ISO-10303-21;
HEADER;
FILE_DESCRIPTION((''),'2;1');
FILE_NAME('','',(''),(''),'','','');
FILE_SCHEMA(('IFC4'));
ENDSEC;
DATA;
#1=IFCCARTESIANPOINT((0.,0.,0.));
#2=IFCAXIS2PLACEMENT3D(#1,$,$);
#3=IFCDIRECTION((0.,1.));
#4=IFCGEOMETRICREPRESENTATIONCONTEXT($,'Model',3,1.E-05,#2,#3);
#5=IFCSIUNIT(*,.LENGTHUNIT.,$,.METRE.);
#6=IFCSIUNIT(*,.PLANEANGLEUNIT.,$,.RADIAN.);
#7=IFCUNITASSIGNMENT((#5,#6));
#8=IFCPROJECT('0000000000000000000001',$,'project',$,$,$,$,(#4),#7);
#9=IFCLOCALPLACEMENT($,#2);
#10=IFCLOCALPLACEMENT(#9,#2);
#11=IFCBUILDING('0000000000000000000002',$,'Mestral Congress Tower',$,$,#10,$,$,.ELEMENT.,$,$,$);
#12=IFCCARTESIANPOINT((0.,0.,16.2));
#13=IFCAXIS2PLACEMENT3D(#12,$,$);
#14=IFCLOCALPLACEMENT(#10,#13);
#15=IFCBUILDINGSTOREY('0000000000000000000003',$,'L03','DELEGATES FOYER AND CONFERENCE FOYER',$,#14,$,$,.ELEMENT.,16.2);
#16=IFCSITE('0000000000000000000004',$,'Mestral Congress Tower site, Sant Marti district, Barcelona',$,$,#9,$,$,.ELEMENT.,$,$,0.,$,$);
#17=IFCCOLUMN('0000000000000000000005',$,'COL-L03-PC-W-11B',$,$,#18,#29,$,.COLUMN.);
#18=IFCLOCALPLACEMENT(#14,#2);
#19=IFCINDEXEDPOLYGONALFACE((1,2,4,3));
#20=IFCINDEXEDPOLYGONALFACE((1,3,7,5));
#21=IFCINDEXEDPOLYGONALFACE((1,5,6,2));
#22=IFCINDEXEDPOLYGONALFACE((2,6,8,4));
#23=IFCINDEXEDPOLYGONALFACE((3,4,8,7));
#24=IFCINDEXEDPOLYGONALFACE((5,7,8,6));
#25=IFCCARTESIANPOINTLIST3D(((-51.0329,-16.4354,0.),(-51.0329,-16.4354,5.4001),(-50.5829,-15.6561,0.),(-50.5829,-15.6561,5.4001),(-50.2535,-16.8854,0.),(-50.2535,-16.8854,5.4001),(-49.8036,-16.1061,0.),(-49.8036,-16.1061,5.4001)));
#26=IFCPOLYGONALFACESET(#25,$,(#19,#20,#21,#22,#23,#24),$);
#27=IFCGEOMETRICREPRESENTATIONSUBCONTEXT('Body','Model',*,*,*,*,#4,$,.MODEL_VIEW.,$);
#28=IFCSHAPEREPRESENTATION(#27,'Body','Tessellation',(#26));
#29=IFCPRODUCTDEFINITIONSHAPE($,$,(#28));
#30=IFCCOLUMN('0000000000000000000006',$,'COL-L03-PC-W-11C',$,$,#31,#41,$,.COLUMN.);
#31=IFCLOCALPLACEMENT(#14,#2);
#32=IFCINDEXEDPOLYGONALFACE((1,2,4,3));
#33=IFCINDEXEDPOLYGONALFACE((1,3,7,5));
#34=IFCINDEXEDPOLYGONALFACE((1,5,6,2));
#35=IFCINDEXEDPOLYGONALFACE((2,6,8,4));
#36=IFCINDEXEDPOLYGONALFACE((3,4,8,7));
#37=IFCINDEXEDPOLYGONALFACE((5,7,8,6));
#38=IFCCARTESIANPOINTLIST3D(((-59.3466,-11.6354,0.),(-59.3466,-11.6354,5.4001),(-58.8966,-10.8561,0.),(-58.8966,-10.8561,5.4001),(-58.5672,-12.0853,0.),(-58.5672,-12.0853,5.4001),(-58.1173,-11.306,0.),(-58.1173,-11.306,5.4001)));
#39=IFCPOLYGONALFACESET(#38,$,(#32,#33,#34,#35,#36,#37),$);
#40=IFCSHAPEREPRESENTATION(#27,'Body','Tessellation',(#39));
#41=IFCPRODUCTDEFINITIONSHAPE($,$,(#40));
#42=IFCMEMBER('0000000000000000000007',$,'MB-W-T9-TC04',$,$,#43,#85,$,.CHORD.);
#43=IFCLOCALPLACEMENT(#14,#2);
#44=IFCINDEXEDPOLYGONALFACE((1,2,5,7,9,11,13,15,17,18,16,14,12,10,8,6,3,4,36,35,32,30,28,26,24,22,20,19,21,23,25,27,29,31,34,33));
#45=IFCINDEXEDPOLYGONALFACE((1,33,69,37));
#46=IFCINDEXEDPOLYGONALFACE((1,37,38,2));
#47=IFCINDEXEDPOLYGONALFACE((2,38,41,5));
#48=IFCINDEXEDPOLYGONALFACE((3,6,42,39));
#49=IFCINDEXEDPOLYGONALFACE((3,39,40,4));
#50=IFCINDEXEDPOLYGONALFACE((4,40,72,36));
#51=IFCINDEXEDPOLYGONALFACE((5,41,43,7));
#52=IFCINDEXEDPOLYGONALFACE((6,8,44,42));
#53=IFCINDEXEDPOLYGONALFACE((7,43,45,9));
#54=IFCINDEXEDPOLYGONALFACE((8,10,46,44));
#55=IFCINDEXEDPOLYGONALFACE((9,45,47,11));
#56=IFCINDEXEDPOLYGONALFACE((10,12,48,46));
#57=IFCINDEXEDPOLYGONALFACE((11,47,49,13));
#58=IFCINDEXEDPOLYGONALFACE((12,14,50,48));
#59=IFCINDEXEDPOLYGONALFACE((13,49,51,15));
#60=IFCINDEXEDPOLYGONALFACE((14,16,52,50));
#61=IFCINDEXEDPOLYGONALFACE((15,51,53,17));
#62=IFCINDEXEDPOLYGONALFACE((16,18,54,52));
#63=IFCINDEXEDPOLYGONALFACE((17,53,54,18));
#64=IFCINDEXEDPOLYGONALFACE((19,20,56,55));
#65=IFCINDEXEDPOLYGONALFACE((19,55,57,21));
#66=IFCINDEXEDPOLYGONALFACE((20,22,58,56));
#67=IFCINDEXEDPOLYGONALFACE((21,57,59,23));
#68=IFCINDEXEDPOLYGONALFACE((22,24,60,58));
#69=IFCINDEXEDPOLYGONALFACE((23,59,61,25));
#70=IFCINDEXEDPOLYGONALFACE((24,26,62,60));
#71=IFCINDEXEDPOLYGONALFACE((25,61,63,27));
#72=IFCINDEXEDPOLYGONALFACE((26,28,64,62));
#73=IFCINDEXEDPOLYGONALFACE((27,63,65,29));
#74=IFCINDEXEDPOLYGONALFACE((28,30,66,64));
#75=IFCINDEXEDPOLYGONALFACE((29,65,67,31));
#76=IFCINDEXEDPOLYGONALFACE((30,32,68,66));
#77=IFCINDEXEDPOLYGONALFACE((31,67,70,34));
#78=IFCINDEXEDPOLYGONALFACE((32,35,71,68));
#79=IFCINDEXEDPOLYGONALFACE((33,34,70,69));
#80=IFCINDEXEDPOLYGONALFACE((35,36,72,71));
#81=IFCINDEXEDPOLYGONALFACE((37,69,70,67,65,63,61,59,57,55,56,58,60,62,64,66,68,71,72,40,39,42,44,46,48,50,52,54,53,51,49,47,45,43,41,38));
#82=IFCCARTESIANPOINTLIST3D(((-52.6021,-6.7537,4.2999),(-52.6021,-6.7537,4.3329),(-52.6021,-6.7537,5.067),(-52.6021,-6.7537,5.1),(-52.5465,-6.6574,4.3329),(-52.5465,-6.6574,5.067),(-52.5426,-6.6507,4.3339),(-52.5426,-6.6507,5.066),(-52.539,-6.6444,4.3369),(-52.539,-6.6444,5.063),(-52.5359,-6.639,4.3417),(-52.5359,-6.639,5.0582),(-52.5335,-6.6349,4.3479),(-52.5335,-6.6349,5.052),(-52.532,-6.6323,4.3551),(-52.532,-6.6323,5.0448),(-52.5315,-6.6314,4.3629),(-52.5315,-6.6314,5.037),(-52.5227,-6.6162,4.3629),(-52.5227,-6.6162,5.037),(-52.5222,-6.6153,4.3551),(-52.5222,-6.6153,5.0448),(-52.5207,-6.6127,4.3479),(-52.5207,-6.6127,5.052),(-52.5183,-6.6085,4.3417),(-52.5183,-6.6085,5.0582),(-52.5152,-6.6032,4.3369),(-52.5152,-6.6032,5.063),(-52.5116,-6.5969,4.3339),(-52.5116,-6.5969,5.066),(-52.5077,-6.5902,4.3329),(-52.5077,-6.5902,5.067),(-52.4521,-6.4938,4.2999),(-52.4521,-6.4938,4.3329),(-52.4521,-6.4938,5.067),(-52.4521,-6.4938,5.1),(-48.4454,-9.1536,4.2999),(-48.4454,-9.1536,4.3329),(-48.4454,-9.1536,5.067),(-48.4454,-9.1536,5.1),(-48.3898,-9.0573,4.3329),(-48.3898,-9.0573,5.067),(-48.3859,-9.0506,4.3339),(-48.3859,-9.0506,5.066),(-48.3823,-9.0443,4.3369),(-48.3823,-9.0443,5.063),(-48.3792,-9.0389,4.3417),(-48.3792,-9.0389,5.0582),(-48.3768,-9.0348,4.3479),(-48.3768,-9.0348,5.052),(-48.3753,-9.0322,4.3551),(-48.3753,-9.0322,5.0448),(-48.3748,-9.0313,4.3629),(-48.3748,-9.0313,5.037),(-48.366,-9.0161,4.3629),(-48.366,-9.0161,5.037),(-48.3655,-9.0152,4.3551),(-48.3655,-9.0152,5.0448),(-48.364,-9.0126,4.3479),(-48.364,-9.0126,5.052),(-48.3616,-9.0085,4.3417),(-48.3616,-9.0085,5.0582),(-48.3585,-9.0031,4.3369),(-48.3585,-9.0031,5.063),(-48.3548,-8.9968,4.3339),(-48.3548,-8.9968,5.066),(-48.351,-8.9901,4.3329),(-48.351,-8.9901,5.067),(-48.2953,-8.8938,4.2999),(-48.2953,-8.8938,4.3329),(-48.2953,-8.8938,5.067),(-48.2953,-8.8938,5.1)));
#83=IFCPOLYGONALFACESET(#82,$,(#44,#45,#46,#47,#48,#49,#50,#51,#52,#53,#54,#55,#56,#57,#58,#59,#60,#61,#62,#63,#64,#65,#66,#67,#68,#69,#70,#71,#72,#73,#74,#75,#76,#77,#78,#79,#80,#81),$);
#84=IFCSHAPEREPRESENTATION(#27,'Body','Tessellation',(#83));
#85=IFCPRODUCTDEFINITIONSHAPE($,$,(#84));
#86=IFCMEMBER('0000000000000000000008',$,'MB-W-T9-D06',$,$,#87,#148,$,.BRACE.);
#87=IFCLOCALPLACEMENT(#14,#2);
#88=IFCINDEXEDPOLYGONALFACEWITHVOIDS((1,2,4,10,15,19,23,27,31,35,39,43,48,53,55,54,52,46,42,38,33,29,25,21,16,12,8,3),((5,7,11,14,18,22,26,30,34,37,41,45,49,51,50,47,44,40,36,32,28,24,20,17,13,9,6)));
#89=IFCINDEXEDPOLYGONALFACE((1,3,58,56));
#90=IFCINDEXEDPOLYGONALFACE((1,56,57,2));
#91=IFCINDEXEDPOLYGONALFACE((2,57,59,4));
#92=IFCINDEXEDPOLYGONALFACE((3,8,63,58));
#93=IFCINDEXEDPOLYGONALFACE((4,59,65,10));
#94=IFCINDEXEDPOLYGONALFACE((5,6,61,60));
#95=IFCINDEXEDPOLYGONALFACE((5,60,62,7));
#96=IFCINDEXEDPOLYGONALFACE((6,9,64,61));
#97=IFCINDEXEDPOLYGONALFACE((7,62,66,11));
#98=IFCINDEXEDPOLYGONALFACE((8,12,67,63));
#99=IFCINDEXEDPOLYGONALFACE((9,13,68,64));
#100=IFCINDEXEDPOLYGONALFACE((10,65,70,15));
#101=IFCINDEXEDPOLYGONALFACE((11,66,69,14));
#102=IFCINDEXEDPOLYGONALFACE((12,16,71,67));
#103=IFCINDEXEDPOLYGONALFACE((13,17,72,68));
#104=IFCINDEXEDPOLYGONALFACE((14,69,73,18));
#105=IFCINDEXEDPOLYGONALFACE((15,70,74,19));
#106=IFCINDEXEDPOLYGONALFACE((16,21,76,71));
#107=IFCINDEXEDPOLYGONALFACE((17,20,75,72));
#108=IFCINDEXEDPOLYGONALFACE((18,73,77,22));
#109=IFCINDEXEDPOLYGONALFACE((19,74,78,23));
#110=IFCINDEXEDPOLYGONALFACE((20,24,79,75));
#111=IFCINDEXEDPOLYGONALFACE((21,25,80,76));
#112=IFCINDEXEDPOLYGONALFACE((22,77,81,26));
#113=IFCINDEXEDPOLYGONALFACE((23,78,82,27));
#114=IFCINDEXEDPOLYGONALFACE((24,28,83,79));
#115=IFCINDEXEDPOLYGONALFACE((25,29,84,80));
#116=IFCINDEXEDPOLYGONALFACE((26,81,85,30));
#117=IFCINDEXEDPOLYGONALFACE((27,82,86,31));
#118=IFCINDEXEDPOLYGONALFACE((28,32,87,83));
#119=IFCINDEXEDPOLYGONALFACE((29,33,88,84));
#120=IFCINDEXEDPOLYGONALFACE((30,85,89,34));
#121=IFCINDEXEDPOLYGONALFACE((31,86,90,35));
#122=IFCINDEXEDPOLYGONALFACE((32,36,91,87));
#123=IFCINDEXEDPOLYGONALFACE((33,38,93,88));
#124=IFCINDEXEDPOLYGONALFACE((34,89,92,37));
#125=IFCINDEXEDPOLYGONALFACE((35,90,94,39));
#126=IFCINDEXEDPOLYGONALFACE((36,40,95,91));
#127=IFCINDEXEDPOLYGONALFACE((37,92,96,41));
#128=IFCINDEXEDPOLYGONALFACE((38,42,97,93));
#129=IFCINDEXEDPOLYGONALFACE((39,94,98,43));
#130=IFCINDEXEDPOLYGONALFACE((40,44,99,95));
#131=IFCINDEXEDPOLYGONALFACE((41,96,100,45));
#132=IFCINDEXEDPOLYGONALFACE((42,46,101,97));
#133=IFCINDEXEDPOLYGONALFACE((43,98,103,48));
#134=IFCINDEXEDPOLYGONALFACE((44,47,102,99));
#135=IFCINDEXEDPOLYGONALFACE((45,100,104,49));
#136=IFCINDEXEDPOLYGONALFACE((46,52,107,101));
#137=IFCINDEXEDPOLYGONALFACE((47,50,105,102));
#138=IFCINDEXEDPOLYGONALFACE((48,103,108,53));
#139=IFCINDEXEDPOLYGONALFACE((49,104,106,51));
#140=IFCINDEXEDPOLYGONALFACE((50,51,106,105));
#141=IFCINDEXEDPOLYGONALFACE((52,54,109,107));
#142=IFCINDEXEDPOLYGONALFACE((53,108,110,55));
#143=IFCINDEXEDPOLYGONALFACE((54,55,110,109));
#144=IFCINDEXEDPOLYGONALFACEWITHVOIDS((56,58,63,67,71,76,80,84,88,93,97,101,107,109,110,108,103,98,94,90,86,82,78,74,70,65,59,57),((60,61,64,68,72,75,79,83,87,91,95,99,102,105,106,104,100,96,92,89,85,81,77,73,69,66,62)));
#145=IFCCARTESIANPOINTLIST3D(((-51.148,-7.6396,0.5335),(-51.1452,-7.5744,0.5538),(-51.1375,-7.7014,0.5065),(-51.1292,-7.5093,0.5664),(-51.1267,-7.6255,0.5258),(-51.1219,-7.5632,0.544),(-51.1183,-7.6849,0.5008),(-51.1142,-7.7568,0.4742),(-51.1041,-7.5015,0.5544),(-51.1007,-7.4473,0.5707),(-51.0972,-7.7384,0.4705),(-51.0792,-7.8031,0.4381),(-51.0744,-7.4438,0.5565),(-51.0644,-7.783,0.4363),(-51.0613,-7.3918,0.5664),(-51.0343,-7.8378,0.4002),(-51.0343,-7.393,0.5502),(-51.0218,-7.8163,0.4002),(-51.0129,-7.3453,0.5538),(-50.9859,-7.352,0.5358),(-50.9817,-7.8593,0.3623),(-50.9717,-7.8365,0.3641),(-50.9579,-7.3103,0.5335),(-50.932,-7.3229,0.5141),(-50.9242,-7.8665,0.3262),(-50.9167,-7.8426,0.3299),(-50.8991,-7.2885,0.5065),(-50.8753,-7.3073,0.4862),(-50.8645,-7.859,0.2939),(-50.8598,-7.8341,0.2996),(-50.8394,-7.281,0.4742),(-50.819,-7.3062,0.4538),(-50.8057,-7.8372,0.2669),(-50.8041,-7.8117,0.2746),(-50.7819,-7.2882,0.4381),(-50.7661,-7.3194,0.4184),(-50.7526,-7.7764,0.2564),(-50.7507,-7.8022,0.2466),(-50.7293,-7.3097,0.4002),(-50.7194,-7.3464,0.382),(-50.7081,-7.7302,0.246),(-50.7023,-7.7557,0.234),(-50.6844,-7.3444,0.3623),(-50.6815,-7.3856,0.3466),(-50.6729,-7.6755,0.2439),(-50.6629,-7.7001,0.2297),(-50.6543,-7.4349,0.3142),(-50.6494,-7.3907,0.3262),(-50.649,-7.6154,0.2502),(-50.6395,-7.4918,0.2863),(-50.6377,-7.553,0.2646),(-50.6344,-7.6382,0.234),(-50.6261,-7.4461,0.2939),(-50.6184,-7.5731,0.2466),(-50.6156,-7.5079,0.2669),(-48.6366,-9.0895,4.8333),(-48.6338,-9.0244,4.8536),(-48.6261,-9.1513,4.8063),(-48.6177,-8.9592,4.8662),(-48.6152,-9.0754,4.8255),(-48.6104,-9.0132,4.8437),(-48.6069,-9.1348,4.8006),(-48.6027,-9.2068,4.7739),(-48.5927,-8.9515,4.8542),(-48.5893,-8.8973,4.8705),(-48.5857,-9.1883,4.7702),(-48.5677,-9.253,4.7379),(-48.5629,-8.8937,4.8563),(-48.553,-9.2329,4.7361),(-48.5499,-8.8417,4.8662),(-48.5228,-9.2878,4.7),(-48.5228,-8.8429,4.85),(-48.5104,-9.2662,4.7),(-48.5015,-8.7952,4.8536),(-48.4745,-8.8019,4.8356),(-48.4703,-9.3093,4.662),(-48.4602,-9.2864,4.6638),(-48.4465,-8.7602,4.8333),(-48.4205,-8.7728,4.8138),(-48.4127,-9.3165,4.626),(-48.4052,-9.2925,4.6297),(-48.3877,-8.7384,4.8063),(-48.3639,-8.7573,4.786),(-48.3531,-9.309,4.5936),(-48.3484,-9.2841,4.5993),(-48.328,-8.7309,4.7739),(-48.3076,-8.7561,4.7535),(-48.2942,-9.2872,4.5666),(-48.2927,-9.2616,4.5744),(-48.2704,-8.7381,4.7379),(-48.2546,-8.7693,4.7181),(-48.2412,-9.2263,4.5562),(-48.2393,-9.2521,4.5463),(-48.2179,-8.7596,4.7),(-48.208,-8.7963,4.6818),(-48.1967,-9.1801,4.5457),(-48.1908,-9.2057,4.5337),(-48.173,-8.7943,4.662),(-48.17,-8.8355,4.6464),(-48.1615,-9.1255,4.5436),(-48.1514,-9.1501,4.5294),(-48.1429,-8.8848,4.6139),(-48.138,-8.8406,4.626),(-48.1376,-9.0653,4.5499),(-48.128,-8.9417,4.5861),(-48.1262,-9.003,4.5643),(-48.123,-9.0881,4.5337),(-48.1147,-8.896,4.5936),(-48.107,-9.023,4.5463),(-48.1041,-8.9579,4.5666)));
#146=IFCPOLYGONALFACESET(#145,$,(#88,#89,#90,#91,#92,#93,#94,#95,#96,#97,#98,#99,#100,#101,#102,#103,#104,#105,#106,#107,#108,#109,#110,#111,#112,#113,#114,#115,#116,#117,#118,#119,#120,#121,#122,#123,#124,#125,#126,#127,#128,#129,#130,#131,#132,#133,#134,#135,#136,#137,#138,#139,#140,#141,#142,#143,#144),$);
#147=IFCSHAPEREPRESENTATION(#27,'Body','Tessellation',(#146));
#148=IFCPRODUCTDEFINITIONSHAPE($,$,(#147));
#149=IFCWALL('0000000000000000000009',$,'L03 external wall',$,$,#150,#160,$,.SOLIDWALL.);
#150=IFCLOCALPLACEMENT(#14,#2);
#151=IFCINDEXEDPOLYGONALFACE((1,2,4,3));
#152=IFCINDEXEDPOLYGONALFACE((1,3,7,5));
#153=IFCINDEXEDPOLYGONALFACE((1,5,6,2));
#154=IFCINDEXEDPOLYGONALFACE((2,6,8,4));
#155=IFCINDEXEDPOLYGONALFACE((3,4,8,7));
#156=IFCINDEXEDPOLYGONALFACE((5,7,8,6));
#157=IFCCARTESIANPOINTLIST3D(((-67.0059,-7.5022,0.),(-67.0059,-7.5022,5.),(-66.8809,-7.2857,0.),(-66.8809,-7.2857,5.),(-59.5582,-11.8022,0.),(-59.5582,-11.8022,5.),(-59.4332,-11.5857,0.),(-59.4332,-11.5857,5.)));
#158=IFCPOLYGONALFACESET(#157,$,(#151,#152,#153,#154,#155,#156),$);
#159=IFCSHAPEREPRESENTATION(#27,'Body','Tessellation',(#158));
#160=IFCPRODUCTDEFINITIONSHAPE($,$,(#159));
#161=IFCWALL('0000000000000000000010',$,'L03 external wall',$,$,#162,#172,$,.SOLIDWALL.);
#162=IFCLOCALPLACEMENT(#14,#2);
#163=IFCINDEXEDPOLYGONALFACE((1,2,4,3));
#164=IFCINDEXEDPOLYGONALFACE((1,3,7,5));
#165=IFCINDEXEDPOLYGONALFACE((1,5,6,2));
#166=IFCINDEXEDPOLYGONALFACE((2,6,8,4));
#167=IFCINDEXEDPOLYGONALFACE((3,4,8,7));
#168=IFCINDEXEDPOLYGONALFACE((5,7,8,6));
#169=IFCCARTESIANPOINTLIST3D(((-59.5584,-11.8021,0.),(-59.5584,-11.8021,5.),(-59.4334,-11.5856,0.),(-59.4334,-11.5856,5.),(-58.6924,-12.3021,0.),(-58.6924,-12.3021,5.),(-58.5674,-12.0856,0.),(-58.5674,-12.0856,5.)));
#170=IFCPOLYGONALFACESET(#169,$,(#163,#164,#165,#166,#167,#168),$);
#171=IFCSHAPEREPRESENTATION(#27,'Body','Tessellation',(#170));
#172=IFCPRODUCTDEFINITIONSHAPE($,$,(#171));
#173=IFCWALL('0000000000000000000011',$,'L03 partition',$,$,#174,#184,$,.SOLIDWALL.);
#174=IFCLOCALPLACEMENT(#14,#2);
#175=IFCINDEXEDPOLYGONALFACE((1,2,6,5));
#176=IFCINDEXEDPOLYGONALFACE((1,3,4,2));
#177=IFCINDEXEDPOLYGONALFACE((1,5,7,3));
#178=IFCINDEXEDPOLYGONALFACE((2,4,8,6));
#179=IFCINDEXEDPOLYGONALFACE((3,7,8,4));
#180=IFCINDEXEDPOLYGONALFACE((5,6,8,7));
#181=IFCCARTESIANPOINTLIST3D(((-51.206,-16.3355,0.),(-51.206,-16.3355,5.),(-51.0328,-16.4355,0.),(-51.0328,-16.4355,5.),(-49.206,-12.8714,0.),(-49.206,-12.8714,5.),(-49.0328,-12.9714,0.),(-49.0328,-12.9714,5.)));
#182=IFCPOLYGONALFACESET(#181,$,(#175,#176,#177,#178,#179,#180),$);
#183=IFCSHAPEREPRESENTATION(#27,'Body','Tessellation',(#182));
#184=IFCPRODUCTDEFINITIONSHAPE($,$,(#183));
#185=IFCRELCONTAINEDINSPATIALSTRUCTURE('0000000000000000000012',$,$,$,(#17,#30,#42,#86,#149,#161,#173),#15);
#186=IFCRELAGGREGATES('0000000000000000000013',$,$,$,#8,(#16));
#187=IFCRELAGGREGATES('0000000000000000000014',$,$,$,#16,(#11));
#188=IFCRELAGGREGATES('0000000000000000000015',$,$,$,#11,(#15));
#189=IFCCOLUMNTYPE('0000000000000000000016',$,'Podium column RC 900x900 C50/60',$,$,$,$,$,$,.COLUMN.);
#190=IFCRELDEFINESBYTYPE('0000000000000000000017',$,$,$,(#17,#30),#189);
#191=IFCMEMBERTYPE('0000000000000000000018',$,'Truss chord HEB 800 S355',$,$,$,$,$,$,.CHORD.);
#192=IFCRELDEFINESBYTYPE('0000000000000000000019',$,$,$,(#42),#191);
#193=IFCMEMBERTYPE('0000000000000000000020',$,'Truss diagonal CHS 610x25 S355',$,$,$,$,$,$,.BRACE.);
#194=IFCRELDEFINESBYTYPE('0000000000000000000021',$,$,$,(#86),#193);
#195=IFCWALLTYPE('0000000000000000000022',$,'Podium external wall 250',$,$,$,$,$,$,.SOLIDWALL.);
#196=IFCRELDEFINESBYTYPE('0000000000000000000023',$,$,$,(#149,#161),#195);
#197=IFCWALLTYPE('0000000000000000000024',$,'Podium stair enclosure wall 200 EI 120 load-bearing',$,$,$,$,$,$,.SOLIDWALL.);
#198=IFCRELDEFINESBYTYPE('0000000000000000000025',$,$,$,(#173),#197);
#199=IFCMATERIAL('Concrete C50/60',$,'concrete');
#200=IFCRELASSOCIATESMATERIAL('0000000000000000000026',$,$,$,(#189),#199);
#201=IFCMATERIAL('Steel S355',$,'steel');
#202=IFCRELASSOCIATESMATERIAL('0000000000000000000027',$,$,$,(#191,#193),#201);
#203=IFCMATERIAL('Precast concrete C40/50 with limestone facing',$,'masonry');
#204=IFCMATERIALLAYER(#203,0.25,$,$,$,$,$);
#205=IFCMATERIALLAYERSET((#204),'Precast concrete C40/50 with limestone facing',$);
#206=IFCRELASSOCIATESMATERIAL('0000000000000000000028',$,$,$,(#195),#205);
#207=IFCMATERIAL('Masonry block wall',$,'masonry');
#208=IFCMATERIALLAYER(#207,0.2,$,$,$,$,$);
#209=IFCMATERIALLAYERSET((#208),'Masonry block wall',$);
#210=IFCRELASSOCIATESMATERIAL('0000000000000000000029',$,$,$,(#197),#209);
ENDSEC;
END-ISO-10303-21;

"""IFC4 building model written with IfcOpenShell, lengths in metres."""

from ifc_helpers import new_model, si_unit, direction, frame, frame_2d, origin, origin_2d, place, context, subcontext, project, spatial, rectangle, hollow_circle, i_section, extrude, material, layer, layer_set, material_profile, profile_set, type_object, element, save


model = new_model("IFC4")

# Units and contexts
model_context = context("Model", 3, precision=1e-05, world=origin(), true_north=direction((0.0, 1.0)))
body_context = subcontext(model_context, "Body", "Model", "MODEL_VIEW")
ifc_project = project(units=[si_unit("LENGTHUNIT", "METRE"), si_unit("PLANEANGLEUNIT", "RADIAN")], contexts=[model_context])

# Site, building, storey
site_placement = place(None, origin())
site = spatial("IfcSite", under=ifc_project, at=site_placement, Name="Mestral Congress Tower site, Sant Marti district, Barcelona", CompositionType="ELEMENT", RefElevation=0.0)
building_placement = place(site_placement, origin())
building = spatial("IfcBuilding", under=site, at=building_placement, Name="Mestral Congress Tower", CompositionType="ELEMENT")
storey_placement = place(building_placement, frame((0.0, 0.0, 16.2)))
storey = spatial("IfcBuildingStorey", under=building, at=storey_placement, Name="L03", Description="DELEGATES FOYER AND CONFERENCE FOYER", CompositionType="ELEMENT", Elevation=16.2)

# Columns
ifc_material_1 = material(Name="Concrete C50/60", Category="concrete")
ifc_material_profile_1 = material_profile(ifc_material_1, rectangle(XDim=0.8999, YDim=0.8999, at=origin_2d()), Name="RC 900x900")
ifc_profile_set_1 = profile_set([ifc_material_profile_1], Name="Concrete C50/60")
column_type = type_object("IfcColumnType", Name="Podium column RC 900x900 C50/60", PredefinedType="COLUMN", material=ifc_profile_set_1)
for number, where, z_axis, x_axis, name in (
    (1, (-50.4182, -16.2708, 0.0), (0.0, 0.0, 1.0), (-0.5, -0.866025, 0.0), "COL-L03-PC-W-11B"),
    (2, (-58.7319, -11.4707, 0.0), (0.0, 0.0, 1.0), (-0.5, -0.866025, 0.0), "COL-L03-PC-W-11C"),
):
    element("IfcColumn", number, at=place(storey_placement, frame(where, z_axis=z_axis, x_axis=x_axis)), inside=storey, type_object=column_type, Name=name, PredefinedType="COLUMN", context=body_context, shape_type="SweptSolid", body=[
        extrude(rectangle(XDim=0.8999, YDim=0.8999, at=origin_2d()), origin(), (0.0, 0.0, 1.0), 5.4001),
    ])

# Members
ifc_material_2 = material(Name="Steel S355", Category="steel")
ifc_material_profile_2 = material_profile(ifc_material_2, i_section(OverallWidth=0.3, OverallDepth=0.8, WebThickness=0.0176, FlangeThickness=0.033, FilletRadius=0.03, at=origin_2d()), Name="HEB 800")
ifc_profile_set_2 = profile_set([ifc_material_profile_2], Name="Steel S355")
member_type_1 = type_object("IfcMemberType", Name="Truss chord HEB 800 S355", PredefinedType="CHORD", material=ifc_profile_set_2)
member_1_placement = place(storey_placement, frame((-48.3704, -9.0237, 4.7), z_axis=(-0.866025, 0.500001, 0.0), x_axis=(-0.500001, -0.866025, 0.0)))
element("IfcMember", 3, at=member_1_placement, inside=storey, type_object=member_type_1, Name="MB-W-T9-TC04", PredefinedType="CHORD", context=body_context, shape_type="SweptSolid", body=[
    extrude(i_section(OverallWidth=0.3, OverallDepth=0.8, WebThickness=0.0176, FlangeThickness=0.033, FilletRadius=0.03, at=origin_2d()), origin(), (0.0, 0.0, 1.0), 4.7998),
])
ifc_material_profile_3 = material_profile(ifc_material_2, hollow_circle(Radius=0.3049, WallThickness=0.0249, at=origin_2d()), Name="CHS 610x25")
ifc_profile_set_3 = profile_set([ifc_material_profile_3], Name="Steel S355")
member_type_2 = type_object("IfcMemberType", Name="Truss diagonal CHS 610x25 S355", PredefinedType="BRACE", material=ifc_profile_set_3)
member_2_placement = place(storey_placement, frame((-48.3704, -9.0237, 4.7), z_axis=(-0.484247, 0.279571, -0.829062), x_axis=(-0.499987, -0.866033, 0.0)))
element("IfcMember", 4, at=member_2_placement, inside=storey, type_object=member_type_2, Name="MB-W-T9-D06", PredefinedType="BRACE", context=body_context, shape_type="SweptSolid", body=[
    extrude(hollow_circle(Radius=0.3049, WallThickness=0.0249, at=origin_2d()), origin(), (0.0, 0.0, 1.0), 5.1863),
])

# Walls
ifc_material_3 = material(Name="Precast concrete C40/50 with limestone facing", Category="masonry")
ifc_layer_1 = layer(ifc_material_3, 0.25)
ifc_layer_set_1 = layer_set([ifc_layer_1], Name="Precast concrete C40/50 with limestone facing")
wall_type_1 = type_object("IfcWallType", Name="Podium external wall 250", PredefinedType="SOLIDWALL", material=ifc_layer_set_1)
wall_1_placement = place(storey_placement, frame((-59.4958, -11.6938, 0.0), z_axis=(0.0, 0.0, 1.0), x_axis=(-0.866021, 0.500008, 0.0)))
element("IfcWall", 5, at=wall_1_placement, inside=storey, type_object=wall_type_1, Name="L03 external wall", PredefinedType="SOLIDWALL", context=body_context, shape_type="SweptSolid", body=[
    extrude(rectangle(XDim=8.5999, YDim=0.25, at=frame_2d((4.2998, 0.0))), origin(), (0.0, 0.0, 1.0), 5.0),
])
wall_2_placement = place(storey_placement, frame((-58.6299, -12.1938, 0.0), z_axis=(0.0, 0.0, 1.0), x_axis=(-0.866011, 0.500025, 0.0)))
element("IfcWall", 6, at=wall_2_placement, inside=storey, type_object=wall_type_1, Name="L03 external wall", PredefinedType="SOLIDWALL", context=body_context, shape_type="SweptSolid", body=[
    extrude(rectangle(XDim=1.0, YDim=0.25, at=frame_2d((0.5, 0.0))), origin(), (0.0, 0.0, 1.0), 5.0),
])
ifc_material_4 = material(Name="Masonry block wall", Category="masonry")
ifc_layer_2 = layer(ifc_material_4, 0.2)
ifc_layer_set_2 = layer_set([ifc_layer_2], Name="Masonry block wall")
wall_type_2 = type_object("IfcWallType", Name="Podium stair enclosure wall 200 EI 120 load-bearing", PredefinedType="SOLIDWALL", material=ifc_layer_set_2)
wall_3_placement = place(storey_placement, frame((-49.1194, -12.9214, 0.0), z_axis=(0.0, 0.0, 1.0), x_axis=(-0.499999, -0.866026, 0.0)))
element("IfcWall", 7, at=wall_3_placement, inside=storey, type_object=wall_type_2, Name="L03 partition", PredefinedType="SOLIDWALL", context=body_context, shape_type="SweptSolid", body=[
    extrude(rectangle(XDim=4.0, YDim=0.2, at=frame_2d((2.0, 0.0))), origin(), (0.0, 0.0, 1.0), 5.0),
])

save(model, "model.ifc")
